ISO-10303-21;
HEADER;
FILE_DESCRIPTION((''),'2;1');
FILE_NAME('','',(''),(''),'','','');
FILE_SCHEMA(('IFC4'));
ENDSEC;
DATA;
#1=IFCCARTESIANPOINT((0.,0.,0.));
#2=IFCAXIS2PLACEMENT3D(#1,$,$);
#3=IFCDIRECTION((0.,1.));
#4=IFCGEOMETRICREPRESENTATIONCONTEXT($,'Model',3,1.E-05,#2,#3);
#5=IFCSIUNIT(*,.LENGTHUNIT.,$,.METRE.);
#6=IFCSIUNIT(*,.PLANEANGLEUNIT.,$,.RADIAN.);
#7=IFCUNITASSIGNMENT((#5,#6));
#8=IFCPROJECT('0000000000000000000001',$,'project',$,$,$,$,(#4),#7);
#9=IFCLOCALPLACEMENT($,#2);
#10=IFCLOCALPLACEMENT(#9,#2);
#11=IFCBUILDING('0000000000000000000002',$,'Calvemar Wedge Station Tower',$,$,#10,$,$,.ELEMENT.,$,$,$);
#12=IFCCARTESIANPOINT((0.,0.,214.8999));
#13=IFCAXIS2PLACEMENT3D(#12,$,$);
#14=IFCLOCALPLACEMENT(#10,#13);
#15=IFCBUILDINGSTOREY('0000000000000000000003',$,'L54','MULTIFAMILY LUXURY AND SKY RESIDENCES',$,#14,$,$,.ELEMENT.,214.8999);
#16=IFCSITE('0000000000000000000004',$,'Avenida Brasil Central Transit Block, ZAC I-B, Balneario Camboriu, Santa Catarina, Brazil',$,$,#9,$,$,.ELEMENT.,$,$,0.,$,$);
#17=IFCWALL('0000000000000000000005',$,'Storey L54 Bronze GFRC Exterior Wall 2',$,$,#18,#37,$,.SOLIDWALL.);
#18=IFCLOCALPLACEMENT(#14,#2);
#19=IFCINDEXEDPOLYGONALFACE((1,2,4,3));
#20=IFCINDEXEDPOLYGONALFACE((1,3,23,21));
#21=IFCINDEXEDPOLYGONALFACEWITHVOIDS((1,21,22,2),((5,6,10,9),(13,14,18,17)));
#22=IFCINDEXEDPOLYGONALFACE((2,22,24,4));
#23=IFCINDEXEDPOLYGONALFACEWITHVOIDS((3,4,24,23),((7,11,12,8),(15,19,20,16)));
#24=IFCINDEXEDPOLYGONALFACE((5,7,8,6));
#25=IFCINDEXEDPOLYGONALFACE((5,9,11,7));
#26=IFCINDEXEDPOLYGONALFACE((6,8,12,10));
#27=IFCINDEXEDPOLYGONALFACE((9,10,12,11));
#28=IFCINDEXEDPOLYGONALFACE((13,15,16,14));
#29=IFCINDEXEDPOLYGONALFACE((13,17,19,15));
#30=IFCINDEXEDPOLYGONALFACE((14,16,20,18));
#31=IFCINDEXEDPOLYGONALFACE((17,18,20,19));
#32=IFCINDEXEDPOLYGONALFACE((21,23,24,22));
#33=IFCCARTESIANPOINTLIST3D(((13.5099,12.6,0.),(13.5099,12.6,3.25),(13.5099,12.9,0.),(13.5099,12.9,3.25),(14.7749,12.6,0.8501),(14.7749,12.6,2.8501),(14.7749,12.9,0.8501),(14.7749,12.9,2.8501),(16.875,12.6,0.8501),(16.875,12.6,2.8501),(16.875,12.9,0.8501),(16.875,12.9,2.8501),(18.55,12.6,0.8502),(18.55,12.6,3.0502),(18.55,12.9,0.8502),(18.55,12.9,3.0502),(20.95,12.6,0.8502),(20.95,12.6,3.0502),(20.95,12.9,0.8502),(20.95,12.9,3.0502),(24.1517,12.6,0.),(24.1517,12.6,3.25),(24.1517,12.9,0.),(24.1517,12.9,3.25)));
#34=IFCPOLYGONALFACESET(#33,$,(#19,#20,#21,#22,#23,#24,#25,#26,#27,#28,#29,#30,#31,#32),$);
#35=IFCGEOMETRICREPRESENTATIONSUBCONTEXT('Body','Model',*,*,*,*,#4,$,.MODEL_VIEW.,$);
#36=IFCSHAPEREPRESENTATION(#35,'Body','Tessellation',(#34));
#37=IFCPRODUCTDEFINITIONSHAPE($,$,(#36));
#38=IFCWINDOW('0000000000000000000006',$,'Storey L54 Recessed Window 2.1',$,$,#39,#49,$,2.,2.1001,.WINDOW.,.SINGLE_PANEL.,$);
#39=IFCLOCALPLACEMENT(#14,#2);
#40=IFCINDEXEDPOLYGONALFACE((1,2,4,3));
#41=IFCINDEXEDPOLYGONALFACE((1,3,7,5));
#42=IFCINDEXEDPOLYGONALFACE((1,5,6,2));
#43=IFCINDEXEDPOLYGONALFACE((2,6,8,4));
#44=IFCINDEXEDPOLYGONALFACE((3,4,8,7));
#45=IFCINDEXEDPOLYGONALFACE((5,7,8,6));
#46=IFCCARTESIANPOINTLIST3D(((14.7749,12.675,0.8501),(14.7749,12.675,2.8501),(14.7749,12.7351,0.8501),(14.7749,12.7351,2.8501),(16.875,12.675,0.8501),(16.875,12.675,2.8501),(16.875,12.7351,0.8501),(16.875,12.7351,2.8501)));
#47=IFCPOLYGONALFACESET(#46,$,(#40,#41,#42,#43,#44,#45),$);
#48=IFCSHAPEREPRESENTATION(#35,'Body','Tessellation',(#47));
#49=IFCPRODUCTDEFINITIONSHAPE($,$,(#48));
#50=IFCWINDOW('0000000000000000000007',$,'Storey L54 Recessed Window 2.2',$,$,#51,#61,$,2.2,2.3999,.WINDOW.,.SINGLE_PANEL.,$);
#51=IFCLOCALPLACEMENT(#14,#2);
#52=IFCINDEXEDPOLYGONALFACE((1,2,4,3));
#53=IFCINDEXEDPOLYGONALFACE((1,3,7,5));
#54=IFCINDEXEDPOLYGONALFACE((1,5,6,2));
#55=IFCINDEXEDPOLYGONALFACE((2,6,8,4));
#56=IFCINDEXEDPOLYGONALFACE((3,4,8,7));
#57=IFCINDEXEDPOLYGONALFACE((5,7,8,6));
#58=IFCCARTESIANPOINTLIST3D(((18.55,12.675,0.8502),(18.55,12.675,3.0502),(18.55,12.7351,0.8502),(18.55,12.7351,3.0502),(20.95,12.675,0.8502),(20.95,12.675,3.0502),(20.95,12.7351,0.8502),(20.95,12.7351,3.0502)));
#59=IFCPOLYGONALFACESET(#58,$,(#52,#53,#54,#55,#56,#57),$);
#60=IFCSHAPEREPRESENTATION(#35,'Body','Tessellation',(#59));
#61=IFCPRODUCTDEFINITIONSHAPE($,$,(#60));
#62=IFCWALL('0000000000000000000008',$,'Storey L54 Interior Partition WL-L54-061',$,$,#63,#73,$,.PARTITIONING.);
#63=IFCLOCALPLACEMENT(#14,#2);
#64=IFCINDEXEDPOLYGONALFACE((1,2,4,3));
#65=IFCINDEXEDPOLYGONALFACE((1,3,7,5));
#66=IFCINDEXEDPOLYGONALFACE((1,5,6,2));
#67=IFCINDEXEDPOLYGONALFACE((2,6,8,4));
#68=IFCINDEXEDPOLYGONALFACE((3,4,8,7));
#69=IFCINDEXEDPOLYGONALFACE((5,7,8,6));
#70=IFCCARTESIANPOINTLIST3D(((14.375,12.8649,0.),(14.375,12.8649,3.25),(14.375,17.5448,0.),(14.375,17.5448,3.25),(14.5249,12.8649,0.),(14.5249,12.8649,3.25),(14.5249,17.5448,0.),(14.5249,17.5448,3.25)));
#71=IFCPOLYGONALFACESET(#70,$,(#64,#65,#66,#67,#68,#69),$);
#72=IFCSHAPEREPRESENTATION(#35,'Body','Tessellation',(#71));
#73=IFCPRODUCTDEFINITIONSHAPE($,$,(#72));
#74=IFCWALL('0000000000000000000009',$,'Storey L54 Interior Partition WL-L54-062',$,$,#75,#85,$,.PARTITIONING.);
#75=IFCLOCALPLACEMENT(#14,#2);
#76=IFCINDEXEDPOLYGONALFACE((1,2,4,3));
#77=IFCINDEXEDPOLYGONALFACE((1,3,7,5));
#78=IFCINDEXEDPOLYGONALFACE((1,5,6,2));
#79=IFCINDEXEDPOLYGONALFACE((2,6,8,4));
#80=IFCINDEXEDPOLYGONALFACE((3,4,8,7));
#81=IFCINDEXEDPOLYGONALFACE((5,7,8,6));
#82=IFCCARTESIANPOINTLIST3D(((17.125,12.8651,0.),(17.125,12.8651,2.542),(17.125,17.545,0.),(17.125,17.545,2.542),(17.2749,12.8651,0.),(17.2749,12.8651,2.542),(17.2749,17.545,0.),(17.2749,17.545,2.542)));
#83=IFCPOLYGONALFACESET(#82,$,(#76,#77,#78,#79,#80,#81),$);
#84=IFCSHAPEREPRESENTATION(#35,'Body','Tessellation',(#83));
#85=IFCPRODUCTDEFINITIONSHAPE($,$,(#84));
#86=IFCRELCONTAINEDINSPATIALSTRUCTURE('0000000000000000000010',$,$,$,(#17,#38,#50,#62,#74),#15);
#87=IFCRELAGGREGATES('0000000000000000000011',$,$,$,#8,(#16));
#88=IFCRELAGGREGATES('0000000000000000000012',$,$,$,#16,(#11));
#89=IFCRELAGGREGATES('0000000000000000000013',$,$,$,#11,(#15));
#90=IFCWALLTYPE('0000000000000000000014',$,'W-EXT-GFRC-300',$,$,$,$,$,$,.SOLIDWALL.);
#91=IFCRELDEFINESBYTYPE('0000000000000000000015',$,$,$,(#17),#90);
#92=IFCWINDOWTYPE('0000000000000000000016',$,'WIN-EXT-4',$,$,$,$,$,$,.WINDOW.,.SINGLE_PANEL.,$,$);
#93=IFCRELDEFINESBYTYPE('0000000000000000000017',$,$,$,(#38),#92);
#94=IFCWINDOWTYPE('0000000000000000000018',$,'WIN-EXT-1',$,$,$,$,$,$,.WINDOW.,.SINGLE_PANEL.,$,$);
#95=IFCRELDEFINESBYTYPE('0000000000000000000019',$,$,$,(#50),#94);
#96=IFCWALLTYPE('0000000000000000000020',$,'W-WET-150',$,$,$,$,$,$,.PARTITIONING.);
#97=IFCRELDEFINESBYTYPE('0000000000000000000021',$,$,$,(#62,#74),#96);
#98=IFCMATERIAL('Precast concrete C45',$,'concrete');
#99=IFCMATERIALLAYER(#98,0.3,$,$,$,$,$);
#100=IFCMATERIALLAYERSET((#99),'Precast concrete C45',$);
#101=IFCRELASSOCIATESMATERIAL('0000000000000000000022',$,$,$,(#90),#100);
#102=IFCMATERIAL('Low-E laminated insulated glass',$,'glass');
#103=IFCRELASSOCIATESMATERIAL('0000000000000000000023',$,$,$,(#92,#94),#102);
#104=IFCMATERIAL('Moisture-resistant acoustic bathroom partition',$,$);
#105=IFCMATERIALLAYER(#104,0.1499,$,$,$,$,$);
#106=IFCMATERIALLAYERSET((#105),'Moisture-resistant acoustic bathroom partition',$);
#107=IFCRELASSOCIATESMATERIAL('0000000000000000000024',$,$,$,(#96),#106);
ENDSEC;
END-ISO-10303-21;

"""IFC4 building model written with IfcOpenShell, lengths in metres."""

from ifc_helpers import new_model, si_unit, direction, frame, frame_2d, origin, place, context, subcontext, project, spatial, rectangle, extrude, source, transform, mapped, material, layer, layer_set, type_object, element, fill, save


model = new_model("IFC4")

# Units and contexts
model_context = context("Model", 3, precision=1e-05, world=origin(), true_north=direction((0.0, 1.0)))
body_context = subcontext(model_context, "Body", "Model", "MODEL_VIEW")
ifc_project = project(units=[si_unit("LENGTHUNIT", "METRE"), si_unit("PLANEANGLEUNIT", "RADIAN")], contexts=[model_context])

# Site, building, storey
site_placement = place(None, origin())
site = spatial("IfcSite", under=ifc_project, at=site_placement, Name="Avenida Brasil Central Transit Block, ZAC I-B, Balneario Camboriu, Santa Catarina, Brazil", CompositionType="ELEMENT", RefElevation=0.0)
building_placement = place(site_placement, origin())
building = spatial("IfcBuilding", under=site, at=building_placement, Name="Calvemar Wedge Station Tower", CompositionType="ELEMENT")
storey_placement = place(building_placement, frame((0.0, 0.0, 214.8999)))
storey = spatial("IfcBuildingStorey", under=building, at=storey_placement, Name="L54", Description="MULTIFAMILY LUXURY AND SKY RESIDENCES", CompositionType="ELEMENT", Elevation=214.8999)

# Shared definitions
ifc_material_1 = material(Name="Precast concrete C45", Category="concrete")
ifc_layer_1 = layer(ifc_material_1, 0.3)
ifc_layer_set_1 = layer_set([ifc_layer_1], Name="Precast concrete C45")
wall_type_1 = type_object("IfcWallType", Name="W-EXT-GFRC-300", PredefinedType="SOLIDWALL", material=ifc_layer_set_1)
shared_shape_1 = source(origin(), body_context, "Body", "SweptSolid", [
    extrude(rectangle(XDim=2.1001, YDim=2.0, at=frame_2d((1.05, 1.0))), frame((0.0, 0.1602, 0.0), z_axis=(0.0, -1.0, 0.0), x_axis=(1.0, 0.0, 0.0)), (0.0, 0.0, 1.0), 0.3201),
])
ifc_material_2 = material(Name="Low-E laminated insulated glass", Category="glass")
window_type_1 = type_object("IfcWindowType", Name="WIN-EXT-4", PartitioningType="SINGLE_PANEL", PredefinedType="WINDOW", material=ifc_material_2)
shared_shape_2 = source(origin(), body_context, "Body", "SweptSolid", [
    extrude(rectangle(XDim=2.1001, YDim=2.0, at=frame_2d((1.05, 1.0))), frame((0.0, -0.0149, 0.0), z_axis=(0.0, -1.0, 0.0), x_axis=(1.0, 0.0, 0.0)), (0.0, 0.0, 1.0), 0.0601),
])

# Wall, openings, windows
wall_1_placement = place(storey_placement, frame((13.51, 12.75, 0.0), z_axis=(0.0, 0.0, 1.0), x_axis=(1.0, 0.0, 0.0)))
wall_1 = element("IfcWall", 1, at=wall_1_placement, inside=storey, type_object=wall_type_1, Name="Storey L54 Bronze GFRC Exterior Wall 2", PredefinedType="SOLIDWALL", context=body_context, shape_type="SweptSolid", body=[
    extrude(rectangle(XDim=10.6418, YDim=0.3, at=frame_2d((5.3208, 0.0))), origin(), (0.0, 0.0, 1.0), 3.25),
])
opening_1_placement = place(wall_1_placement, frame((1.2649, 0.0, 0.8501)))
opening_1 = element("IfcOpeningElement", 2, at=opening_1_placement, cuts=wall_1, PredefinedType="OPENING", context=body_context, shape_type="MappedRepresentation", body=[
    mapped(shared_shape_1, transform((0.0, 0.0, 0.0), scale=1.0)),
])
shared_shape_3 = source(origin(), body_context, "Body", "SweptSolid", [
    extrude(rectangle(XDim=2.3999, YDim=2.2, at=frame_2d((1.2, 1.1001))), frame((0.0, 0.1602, 0.0), z_axis=(0.0, -1.0, 0.0), x_axis=(1.0, 0.0, 0.0)), (0.0, 0.0, 1.0), 0.3201),
])
opening_2_placement = place(wall_1_placement, frame((5.04, 0.0, 0.8501)))
opening_2 = element("IfcOpeningElement", 3, at=opening_2_placement, cuts=wall_1, PredefinedType="OPENING", context=body_context, shape_type="MappedRepresentation", body=[
    mapped(shared_shape_3, transform((0.0, 0.0, 0.0), scale=1.0)),
])
window_1_placement = place(opening_1_placement, origin())
window_1 = element("IfcWindow", 4, at=window_1_placement, inside=storey, type_object=window_type_1, Name="Storey L54 Recessed Window 2.1", OverallHeight=2.0, OverallWidth=2.1001, PartitioningType="SINGLE_PANEL", PredefinedType="WINDOW", context=body_context, shape_type="MappedRepresentation", body=[
    mapped(shared_shape_2, transform((0.0, 0.0, 0.0), scale=1.0)),
])
fill(opening_1, window_1)
window_type_2 = type_object("IfcWindowType", Name="WIN-EXT-1", PartitioningType="SINGLE_PANEL", PredefinedType="WINDOW", material=ifc_material_2)
shared_shape_4 = source(origin(), body_context, "Body", "SweptSolid", [
    extrude(rectangle(XDim=2.3999, YDim=2.2, at=frame_2d((1.2, 1.1001))), frame((0.0, -0.0149, 0.0), z_axis=(0.0, -1.0, 0.0), x_axis=(1.0, 0.0, 0.0)), (0.0, 0.0, 1.0), 0.0601),
])
window_2_placement = place(opening_2_placement, origin())
window_2 = element("IfcWindow", 5, at=window_2_placement, inside=storey, type_object=window_type_2, Name="Storey L54 Recessed Window 2.2", OverallHeight=2.2, OverallWidth=2.3999, PartitioningType="SINGLE_PANEL", PredefinedType="WINDOW", context=body_context, shape_type="MappedRepresentation", body=[
    mapped(shared_shape_4, transform((0.0, 0.0, 0.0), scale=1.0)),
])
fill(opening_2, window_2)

# Walls
ifc_material_3 = material(Name="Moisture-resistant acoustic bathroom partition")
ifc_layer_2 = layer(ifc_material_3, 0.1499)
ifc_layer_set_2 = layer_set([ifc_layer_2], Name="Moisture-resistant acoustic bathroom partition")
wall_type_2 = type_object("IfcWallType", Name="W-WET-150", PredefinedType="PARTITIONING", material=ifc_layer_set_2)
wall_2_placement = place(storey_placement, frame((14.45, 12.865, 0.0), z_axis=(0.0, 0.0, 1.0), x_axis=(0.0, 1.0, 0.0)))
element("IfcWall", 6, at=wall_2_placement, inside=storey, type_object=wall_type_2, Name="Storey L54 Interior Partition WL-L54-061", PredefinedType="PARTITIONING", context=body_context, shape_type="SweptSolid", body=[
    extrude(rectangle(XDim=4.6799, YDim=0.1499, at=frame_2d((2.3398, 0.0))), origin(), (0.0, 0.0, 1.0), 3.25),
])
wall_3_placement = place(storey_placement, frame((17.2, 17.5449, 0.0), z_axis=(0.0, 0.0, 1.0), x_axis=(0.0, -1.0, 0.0)))
element("IfcWall", 7, at=wall_3_placement, inside=storey, type_object=wall_type_2, Name="Storey L54 Interior Partition WL-L54-062", PredefinedType="PARTITIONING", context=body_context, shape_type="SweptSolid", body=[
    extrude(rectangle(XDim=4.6799, YDim=0.1499, at=frame_2d((2.3398, 0.0))), origin(), (0.0, 0.0, 1.0), 2.542),
])

save(model, "model.ifc")
